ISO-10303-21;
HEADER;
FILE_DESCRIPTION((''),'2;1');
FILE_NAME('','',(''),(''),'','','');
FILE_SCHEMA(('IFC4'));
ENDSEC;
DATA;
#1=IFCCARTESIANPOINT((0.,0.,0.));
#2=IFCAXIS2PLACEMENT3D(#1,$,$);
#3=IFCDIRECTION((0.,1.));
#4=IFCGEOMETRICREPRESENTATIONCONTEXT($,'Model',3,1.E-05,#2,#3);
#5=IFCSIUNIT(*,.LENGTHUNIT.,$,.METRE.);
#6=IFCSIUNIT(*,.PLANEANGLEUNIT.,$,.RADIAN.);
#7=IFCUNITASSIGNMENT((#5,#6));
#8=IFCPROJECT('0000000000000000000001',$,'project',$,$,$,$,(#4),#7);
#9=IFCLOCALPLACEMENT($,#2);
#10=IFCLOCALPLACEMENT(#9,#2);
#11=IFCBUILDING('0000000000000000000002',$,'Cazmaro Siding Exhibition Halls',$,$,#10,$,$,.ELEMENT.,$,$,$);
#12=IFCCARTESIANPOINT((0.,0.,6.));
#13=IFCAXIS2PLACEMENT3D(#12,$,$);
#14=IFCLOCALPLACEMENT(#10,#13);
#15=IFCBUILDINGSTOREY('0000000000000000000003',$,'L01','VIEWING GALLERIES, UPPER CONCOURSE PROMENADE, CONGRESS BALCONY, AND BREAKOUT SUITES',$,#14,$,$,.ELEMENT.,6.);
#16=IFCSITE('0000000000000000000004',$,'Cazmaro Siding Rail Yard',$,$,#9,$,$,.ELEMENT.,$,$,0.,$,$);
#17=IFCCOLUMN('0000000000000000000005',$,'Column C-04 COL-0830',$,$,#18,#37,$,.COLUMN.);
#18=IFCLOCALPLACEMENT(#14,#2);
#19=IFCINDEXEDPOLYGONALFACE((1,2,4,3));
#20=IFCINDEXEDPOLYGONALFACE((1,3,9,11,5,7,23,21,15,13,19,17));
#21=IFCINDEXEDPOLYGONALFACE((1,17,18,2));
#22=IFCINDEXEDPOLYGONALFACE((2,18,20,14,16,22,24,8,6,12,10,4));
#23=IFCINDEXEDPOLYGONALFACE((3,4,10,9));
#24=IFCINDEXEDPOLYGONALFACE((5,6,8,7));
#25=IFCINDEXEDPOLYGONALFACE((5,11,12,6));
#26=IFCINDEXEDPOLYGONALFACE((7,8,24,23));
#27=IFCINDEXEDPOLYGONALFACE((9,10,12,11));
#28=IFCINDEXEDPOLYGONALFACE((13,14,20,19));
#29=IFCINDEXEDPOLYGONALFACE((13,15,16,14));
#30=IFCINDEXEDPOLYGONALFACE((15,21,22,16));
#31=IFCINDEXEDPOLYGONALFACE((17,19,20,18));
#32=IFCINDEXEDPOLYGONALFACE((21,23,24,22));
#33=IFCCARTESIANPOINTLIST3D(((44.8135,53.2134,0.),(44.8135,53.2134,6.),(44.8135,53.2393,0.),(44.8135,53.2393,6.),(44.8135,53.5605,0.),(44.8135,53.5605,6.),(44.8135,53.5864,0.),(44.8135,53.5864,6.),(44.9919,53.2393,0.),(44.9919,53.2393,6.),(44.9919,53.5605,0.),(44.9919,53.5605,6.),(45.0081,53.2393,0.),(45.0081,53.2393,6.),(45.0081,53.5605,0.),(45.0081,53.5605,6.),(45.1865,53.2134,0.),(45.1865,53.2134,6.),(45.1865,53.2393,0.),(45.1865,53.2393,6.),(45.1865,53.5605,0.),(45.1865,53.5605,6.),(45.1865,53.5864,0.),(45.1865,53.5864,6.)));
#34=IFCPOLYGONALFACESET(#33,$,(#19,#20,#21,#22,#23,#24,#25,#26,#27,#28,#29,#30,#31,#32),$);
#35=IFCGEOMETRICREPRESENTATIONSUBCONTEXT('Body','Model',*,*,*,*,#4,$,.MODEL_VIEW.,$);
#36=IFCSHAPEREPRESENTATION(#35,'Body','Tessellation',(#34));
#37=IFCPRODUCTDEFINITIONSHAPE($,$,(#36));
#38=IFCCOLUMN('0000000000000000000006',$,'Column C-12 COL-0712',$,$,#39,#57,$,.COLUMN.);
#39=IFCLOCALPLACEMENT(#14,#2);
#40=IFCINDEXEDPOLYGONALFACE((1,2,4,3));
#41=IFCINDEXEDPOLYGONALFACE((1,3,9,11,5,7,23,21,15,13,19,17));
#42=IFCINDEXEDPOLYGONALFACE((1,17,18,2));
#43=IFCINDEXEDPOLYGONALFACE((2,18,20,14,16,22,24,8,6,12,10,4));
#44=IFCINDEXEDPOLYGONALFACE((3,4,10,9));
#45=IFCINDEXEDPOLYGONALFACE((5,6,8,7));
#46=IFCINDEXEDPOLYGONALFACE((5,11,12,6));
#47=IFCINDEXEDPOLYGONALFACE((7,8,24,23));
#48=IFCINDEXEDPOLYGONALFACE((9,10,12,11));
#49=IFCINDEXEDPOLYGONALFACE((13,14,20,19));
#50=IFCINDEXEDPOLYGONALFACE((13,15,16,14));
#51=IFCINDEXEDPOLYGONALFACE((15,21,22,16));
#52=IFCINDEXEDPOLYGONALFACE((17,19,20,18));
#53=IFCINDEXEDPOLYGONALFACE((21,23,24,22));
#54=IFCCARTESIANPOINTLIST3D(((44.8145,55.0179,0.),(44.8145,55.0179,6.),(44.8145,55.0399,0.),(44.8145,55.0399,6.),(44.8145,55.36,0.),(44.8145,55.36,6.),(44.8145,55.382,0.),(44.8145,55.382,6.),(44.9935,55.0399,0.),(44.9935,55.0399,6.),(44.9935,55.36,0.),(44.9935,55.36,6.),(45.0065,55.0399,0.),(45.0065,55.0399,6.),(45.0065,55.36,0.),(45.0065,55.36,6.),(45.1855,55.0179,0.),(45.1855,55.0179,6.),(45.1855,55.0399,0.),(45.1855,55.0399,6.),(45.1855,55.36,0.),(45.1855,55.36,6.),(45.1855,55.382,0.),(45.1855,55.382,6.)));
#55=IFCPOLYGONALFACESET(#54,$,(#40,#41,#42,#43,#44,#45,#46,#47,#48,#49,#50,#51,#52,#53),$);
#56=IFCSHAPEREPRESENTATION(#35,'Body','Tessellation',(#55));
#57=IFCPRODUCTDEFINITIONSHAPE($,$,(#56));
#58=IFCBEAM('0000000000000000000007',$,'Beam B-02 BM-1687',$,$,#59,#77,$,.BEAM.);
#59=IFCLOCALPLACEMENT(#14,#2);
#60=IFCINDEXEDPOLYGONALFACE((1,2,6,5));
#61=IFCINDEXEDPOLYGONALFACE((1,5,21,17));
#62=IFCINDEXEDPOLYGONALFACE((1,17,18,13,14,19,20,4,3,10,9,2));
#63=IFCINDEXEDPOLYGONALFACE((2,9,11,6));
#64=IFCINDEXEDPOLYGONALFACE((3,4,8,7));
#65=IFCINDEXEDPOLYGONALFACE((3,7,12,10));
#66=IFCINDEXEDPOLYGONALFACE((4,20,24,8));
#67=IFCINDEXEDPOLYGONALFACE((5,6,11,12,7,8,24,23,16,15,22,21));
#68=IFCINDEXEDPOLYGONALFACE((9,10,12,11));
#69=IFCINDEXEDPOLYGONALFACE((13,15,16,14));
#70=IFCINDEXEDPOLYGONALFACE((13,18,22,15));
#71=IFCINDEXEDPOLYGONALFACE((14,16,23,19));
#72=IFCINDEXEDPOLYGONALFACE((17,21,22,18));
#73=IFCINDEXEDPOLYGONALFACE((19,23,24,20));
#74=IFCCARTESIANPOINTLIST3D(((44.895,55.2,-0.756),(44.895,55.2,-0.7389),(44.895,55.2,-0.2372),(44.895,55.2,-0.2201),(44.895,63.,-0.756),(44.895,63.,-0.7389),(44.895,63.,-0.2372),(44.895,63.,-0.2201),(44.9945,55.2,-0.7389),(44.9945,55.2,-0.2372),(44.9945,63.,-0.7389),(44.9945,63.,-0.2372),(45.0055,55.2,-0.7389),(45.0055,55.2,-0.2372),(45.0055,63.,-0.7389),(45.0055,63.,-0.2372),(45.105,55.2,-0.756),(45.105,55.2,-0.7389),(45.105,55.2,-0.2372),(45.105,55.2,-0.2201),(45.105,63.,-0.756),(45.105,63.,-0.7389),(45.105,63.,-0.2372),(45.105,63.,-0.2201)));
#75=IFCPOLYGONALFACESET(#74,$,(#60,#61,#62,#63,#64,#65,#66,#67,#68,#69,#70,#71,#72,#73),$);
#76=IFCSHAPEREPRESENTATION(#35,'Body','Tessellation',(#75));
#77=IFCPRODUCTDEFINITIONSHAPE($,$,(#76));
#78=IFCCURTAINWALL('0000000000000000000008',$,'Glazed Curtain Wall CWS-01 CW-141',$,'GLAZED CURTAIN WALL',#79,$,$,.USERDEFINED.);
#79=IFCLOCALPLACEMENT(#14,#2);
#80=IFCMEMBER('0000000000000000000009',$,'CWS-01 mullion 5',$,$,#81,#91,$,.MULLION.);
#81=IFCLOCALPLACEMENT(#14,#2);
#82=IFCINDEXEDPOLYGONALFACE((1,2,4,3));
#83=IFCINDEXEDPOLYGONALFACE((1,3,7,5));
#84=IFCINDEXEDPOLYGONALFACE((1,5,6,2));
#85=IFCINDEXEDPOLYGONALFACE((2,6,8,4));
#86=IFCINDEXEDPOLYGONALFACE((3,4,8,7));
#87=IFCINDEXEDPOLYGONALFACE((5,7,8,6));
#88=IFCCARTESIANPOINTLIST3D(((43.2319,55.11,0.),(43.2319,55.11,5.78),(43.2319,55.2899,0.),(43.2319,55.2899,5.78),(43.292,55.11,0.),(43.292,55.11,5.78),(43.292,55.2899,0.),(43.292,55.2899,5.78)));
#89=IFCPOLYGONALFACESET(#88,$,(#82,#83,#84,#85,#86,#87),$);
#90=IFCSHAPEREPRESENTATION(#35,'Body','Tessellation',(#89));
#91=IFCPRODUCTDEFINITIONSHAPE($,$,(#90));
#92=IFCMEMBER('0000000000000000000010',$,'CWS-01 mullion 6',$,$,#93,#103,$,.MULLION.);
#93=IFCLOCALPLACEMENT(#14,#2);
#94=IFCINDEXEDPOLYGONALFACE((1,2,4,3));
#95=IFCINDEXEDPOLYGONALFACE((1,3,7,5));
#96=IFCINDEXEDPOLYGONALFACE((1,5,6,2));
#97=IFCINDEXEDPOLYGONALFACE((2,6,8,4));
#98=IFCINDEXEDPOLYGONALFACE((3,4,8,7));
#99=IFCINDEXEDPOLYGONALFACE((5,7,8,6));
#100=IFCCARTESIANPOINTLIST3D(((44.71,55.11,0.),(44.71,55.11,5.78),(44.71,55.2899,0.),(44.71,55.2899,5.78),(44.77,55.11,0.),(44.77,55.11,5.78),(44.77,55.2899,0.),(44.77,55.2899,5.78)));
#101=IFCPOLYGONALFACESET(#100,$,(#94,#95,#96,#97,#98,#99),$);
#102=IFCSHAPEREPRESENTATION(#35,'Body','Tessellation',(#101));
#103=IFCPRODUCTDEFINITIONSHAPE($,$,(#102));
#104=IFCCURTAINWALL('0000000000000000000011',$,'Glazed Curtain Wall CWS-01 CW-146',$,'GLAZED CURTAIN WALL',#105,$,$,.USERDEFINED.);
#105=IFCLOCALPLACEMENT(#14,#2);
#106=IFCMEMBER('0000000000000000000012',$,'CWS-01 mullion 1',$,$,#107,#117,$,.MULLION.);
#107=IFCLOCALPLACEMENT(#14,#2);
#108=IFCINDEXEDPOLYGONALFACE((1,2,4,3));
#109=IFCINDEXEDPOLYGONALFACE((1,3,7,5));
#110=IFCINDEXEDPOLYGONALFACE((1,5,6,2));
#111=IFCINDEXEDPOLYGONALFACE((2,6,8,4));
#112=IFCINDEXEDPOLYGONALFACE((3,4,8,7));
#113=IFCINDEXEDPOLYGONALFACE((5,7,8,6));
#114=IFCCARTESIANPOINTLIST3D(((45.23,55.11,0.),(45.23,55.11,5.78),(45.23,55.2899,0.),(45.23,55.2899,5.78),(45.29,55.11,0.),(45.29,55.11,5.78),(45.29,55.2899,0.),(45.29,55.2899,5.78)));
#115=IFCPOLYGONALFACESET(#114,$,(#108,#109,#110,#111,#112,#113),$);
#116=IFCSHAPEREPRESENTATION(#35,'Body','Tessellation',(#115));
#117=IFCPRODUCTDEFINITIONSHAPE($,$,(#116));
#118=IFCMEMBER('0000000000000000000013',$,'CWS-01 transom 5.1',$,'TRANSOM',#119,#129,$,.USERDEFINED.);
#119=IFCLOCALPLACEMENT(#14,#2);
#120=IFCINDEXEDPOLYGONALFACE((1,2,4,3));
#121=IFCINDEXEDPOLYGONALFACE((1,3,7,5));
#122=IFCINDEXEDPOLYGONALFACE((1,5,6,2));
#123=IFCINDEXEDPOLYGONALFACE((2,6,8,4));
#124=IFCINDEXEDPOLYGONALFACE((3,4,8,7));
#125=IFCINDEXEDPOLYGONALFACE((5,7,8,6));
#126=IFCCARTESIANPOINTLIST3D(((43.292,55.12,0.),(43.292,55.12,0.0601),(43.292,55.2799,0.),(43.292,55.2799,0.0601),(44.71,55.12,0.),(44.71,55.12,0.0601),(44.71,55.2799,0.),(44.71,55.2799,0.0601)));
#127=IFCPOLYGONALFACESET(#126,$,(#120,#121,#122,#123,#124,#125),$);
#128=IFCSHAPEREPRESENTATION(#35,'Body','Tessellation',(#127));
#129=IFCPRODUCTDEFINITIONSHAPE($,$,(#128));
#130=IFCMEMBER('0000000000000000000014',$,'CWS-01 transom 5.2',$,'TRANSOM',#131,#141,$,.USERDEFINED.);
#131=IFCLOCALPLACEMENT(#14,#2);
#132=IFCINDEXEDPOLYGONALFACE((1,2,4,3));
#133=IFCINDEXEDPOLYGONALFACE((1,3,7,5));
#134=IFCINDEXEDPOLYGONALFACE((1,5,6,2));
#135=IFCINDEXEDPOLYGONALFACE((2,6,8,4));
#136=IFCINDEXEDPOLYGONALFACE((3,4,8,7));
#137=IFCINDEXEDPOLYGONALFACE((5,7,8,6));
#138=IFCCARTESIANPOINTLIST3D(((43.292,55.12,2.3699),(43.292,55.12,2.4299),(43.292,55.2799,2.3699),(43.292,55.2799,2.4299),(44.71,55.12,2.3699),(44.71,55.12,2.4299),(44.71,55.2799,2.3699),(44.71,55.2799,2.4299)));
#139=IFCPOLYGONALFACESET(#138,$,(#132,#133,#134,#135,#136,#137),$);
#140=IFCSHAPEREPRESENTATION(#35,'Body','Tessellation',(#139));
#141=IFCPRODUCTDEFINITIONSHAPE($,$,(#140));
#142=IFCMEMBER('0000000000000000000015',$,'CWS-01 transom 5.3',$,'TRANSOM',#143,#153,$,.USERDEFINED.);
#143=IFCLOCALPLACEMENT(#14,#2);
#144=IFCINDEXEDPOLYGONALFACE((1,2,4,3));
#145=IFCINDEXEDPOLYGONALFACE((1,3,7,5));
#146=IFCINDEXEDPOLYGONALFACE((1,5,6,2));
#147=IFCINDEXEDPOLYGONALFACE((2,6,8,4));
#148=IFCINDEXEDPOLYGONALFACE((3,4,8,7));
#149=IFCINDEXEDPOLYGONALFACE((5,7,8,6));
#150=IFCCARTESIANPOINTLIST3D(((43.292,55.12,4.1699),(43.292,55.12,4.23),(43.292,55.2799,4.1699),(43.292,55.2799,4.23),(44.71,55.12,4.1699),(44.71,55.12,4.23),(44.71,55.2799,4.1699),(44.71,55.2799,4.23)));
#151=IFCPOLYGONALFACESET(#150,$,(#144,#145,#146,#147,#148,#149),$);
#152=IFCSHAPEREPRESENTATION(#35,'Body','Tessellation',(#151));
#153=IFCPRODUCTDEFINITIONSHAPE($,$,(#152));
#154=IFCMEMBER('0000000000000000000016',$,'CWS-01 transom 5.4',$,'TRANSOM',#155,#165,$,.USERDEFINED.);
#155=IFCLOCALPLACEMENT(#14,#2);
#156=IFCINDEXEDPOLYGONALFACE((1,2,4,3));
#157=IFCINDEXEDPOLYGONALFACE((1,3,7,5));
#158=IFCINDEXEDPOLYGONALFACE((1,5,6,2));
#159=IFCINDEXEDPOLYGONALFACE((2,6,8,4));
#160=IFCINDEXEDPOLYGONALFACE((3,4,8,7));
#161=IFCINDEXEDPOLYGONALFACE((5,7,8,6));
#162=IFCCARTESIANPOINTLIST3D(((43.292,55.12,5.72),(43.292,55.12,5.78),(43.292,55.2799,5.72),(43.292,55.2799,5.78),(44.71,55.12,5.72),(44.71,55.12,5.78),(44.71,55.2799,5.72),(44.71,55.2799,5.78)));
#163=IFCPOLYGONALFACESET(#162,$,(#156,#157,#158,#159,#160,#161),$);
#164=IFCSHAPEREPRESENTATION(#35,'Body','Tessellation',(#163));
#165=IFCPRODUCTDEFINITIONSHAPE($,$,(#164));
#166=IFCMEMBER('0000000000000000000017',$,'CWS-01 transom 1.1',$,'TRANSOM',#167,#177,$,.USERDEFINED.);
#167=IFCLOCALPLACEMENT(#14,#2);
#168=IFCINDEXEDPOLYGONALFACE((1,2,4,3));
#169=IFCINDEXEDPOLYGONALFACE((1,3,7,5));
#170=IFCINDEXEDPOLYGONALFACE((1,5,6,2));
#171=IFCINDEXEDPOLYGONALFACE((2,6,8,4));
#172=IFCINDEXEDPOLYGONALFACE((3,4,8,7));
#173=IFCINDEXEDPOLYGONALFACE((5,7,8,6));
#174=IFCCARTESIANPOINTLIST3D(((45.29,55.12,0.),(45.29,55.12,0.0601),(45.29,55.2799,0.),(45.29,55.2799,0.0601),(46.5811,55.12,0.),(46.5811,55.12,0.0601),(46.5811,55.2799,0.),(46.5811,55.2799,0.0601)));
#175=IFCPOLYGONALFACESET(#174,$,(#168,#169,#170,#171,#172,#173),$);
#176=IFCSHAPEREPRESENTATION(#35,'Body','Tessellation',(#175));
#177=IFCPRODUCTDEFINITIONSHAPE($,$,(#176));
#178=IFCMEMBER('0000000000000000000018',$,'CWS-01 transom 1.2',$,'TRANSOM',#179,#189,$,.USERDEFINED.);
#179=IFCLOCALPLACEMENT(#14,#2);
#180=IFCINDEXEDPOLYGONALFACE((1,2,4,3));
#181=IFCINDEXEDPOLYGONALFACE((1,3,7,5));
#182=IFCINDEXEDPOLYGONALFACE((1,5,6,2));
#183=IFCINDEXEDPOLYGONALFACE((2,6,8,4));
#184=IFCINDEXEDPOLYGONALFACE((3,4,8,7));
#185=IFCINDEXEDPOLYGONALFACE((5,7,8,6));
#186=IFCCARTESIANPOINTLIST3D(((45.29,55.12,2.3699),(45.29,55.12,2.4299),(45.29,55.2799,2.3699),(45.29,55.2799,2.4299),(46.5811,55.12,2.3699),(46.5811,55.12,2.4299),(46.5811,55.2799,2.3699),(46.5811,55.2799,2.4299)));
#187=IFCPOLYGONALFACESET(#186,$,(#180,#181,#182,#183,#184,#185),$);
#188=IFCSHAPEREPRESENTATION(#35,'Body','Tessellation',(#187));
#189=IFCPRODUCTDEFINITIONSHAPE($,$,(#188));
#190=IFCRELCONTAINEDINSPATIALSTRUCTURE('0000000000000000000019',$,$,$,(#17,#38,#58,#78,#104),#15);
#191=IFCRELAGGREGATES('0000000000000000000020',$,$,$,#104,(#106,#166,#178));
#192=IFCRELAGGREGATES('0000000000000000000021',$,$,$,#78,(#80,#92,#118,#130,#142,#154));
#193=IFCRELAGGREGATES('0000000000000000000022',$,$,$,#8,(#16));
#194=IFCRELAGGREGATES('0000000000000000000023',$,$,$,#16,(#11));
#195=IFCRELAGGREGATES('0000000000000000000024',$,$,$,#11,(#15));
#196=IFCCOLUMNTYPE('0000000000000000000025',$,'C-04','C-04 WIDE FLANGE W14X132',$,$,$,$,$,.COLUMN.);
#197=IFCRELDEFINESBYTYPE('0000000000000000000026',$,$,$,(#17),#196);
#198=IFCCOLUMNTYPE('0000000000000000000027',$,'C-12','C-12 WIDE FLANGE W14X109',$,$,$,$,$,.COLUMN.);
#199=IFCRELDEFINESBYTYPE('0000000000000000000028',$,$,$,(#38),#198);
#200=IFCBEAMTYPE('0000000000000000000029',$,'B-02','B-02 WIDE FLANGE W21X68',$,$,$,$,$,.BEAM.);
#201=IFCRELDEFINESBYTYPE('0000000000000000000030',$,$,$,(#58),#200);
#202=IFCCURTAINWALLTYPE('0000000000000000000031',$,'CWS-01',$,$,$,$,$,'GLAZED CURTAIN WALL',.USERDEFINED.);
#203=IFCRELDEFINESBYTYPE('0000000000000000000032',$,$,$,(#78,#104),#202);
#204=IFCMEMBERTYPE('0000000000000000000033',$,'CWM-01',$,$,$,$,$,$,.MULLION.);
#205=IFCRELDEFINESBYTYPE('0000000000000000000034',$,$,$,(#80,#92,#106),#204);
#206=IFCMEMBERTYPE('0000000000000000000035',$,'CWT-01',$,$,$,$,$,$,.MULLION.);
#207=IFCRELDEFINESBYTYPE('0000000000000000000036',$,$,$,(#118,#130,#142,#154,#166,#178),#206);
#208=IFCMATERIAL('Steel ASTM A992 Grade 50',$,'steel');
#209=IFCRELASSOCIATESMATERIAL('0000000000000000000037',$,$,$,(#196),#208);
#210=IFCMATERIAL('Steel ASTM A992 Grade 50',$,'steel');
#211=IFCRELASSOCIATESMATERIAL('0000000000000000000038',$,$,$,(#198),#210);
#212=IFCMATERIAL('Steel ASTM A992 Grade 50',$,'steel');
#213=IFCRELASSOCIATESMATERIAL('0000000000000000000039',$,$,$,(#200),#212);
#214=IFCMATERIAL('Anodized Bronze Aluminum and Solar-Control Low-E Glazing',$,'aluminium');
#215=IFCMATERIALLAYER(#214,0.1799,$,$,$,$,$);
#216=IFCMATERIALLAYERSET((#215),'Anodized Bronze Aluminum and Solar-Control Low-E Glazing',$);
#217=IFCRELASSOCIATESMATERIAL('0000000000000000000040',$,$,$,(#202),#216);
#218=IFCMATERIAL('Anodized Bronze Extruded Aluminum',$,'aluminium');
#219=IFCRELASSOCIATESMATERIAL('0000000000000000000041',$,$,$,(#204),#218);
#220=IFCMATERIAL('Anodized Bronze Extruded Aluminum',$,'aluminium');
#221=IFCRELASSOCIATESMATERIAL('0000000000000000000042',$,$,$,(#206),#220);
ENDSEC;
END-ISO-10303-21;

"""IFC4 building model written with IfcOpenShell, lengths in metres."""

from ifc_helpers import new_model, si_unit, direction, frame, origin, origin_2d, place, context, subcontext, project, spatial, rectangle, i_section, extrude, material, layer, layer_set, material_profile, profile_set, type_object, element, aggregate, save


model = new_model("IFC4")

# Units and contexts
model_context = context("Model", 3, precision=1e-05, world=origin(), true_north=direction((0.0, 1.0)))
body_context = subcontext(model_context, "Body", "Model", "MODEL_VIEW")
ifc_project = project(units=[si_unit("LENGTHUNIT", "METRE"), si_unit("PLANEANGLEUNIT", "RADIAN")], contexts=[model_context])

# Site, building, storey
site_placement = place(None, origin())
site = spatial("IfcSite", under=ifc_project, at=site_placement, Name="Cazmaro Siding Rail Yard", CompositionType="ELEMENT", RefElevation=0.0)
building_placement = place(site_placement, origin())
building = spatial("IfcBuilding", under=site, at=building_placement, Name="Cazmaro Siding Exhibition Halls", CompositionType="ELEMENT")
storey_placement = place(building_placement, frame((0.0, 0.0, 6.0)))
storey = spatial("IfcBuildingStorey", under=building, at=storey_placement, Name="L01", Description="VIEWING GALLERIES, UPPER CONCOURSE PROMENADE, CONGRESS BALCONY, AND BREAKOUT SUITES", CompositionType="ELEMENT", Elevation=6.0)

# Columns
ifc_material_1 = material(Name="Steel ASTM A992 Grade 50", Category="steel")
ifc_material_profile_1 = material_profile(ifc_material_1, i_section(OverallWidth=0.373, OverallDepth=0.373, WebThickness=0.0161, FlangeThickness=0.0259, at=origin_2d()), Name="W14X132")
ifc_profile_set_1 = profile_set([ifc_material_profile_1], Name="Steel ASTM A992 Grade 50")
column_type_1 = type_object("IfcColumnType", Name="C-04", Description="C-04 WIDE FLANGE W14X132", PredefinedType="COLUMN", material=ifc_profile_set_1)
column_1_placement = place(storey_placement, frame((45.0, 53.3999, 0.0), z_axis=(0.0, 0.0, 1.0), x_axis=(1.0, 0.0, 0.0)))
element("IfcColumn", 1, at=column_1_placement, inside=storey, type_object=column_type_1, Name="Column C-04 COL-0830", PredefinedType="COLUMN", context=body_context, shape_type="SweptSolid", body=[
    extrude(i_section(OverallWidth=0.373, OverallDepth=0.373, WebThickness=0.0161, FlangeThickness=0.0259, at=origin_2d()), origin(), (0.0, 0.0, 1.0), 6.0),
])
ifc_material_2 = material(Name="Steel ASTM A992 Grade 50", Category="steel")
ifc_material_profile_2 = material_profile(ifc_material_2, i_section(OverallWidth=0.3711, OverallDepth=0.364, WebThickness=0.0129, FlangeThickness=0.022, at=origin_2d()), Name="W14X109")
ifc_profile_set_2 = profile_set([ifc_material_profile_2], Name="Steel ASTM A992 Grade 50")
column_type_2 = type_object("IfcColumnType", Name="C-12", Description="C-12 WIDE FLANGE W14X109", PredefinedType="COLUMN", material=ifc_profile_set_2)
column_2_placement = place(storey_placement, frame((45.0, 55.2, 0.0), z_axis=(0.0, 0.0, 1.0), x_axis=(1.0, 0.0, 0.0)))
element("IfcColumn", 2, at=column_2_placement, inside=storey, type_object=column_type_2, Name="Column C-12 COL-0712", PredefinedType="COLUMN", context=body_context, shape_type="SweptSolid", body=[
    extrude(i_section(OverallWidth=0.3711, OverallDepth=0.364, WebThickness=0.0129, FlangeThickness=0.022, at=origin_2d()), origin(), (0.0, 0.0, 1.0), 6.0),
])

# Beam
ifc_material_3 = material(Name="Steel ASTM A992 Grade 50", Category="steel")
ifc_material_profile_3 = material_profile(ifc_material_3, i_section(OverallWidth=0.21, OverallDepth=0.5359, WebThickness=0.011, FlangeThickness=0.0171, at=origin_2d()), Name="W21X68")
ifc_profile_set_3 = profile_set([ifc_material_profile_3], Name="Steel ASTM A992 Grade 50")
beam_type_1 = type_object("IfcBeamType", Name="B-02", Description="B-02 WIDE FLANGE W21X68", PredefinedType="BEAM", material=ifc_profile_set_3)
beam_1_placement = place(storey_placement, frame((45.0, 55.2, -0.488), z_axis=(0.0, 1.0, 0.0), x_axis=(-1.0, 0.0, 0.0)))
element("IfcBeam", 3, at=beam_1_placement, inside=storey, type_object=beam_type_1, Name="Beam B-02 BM-1687", PredefinedType="BEAM", context=body_context, shape_type="SweptSolid", body=[
    extrude(i_section(OverallWidth=0.21, OverallDepth=0.5359, WebThickness=0.011, FlangeThickness=0.0171, at=origin_2d()), origin(), (0.0, 0.0, 1.0), 7.8),
])

# Curtain wall, members
ifc_material_4 = material(Name="Anodized Bronze Aluminum and Solar-Control Low-E Glazing", Category="aluminium")
ifc_layer_1 = layer(ifc_material_4, 0.1799)
ifc_layer_set_1 = layer_set([ifc_layer_1], Name="Anodized Bronze Aluminum and Solar-Control Low-E Glazing")
curtain_wall_type = type_object("IfcCurtainWallType", Name="CWS-01", ElementType="GLAZED CURTAIN WALL", PredefinedType="USERDEFINED", material=ifc_layer_set_1)
curtain_wall_1_placement = place(storey_placement, origin())
curtain_wall_1 = element("IfcCurtainWall", 4, at=curtain_wall_1_placement, inside=storey, type_object=curtain_wall_type, Name="Glazed Curtain Wall CWS-01 CW-141", ObjectType="GLAZED CURTAIN WALL", PredefinedType="USERDEFINED")
ifc_material_5 = material(Name="Anodized Bronze Extruded Aluminum", Category="aluminium")
ifc_material_profile_4 = material_profile(ifc_material_5, rectangle(XDim=0.1799, YDim=0.0601, at=origin_2d()), Name="CWM-01")
ifc_profile_set_4 = profile_set([ifc_material_profile_4], Name="Anodized Bronze Extruded Aluminum")
member_type_1 = type_object("IfcMemberType", Name="CWM-01", PredefinedType="MULLION", material=ifc_profile_set_4)
member_1_placement = place(storey_placement, frame((43.262, 55.2, 0.0), z_axis=(0.0, 0.0, 1.0), x_axis=(0.0, 1.0, 0.0)))
member_1 = element("IfcMember", 5, at=member_1_placement, type_object=member_type_1, Name="CWS-01 mullion 5", PredefinedType="MULLION", context=body_context, shape_type="SweptSolid", body=[
    extrude(rectangle(XDim=0.1799, YDim=0.0601, at=origin_2d()), origin(), (0.0, 0.0, 1.0), 5.78),
])
member_2_placement = place(storey_placement, frame((44.74, 55.2, 0.0), z_axis=(0.0, 0.0, 1.0), x_axis=(0.0, 1.0, 0.0)))
member_2 = element("IfcMember", 6, at=member_2_placement, type_object=member_type_1, Name="CWS-01 mullion 6", PredefinedType="MULLION", context=body_context, shape_type="SweptSolid", body=[
    extrude(rectangle(XDim=0.1799, YDim=0.0601, at=origin_2d()), origin(), (0.0, 0.0, 1.0), 5.78),
])

# Curtain wall, member
curtain_wall_2_placement = place(storey_placement, origin())
curtain_wall_2 = element("IfcCurtainWall", 7, at=curtain_wall_2_placement, inside=storey, type_object=curtain_wall_type, Name="Glazed Curtain Wall CWS-01 CW-146", ObjectType="GLAZED CURTAIN WALL", PredefinedType="USERDEFINED")
member_3_placement = place(storey_placement, frame((45.26, 55.2, 0.0), z_axis=(0.0, 0.0, 1.0), x_axis=(0.0, 1.0, 0.0)))
member_3 = element("IfcMember", 8, at=member_3_placement, type_object=member_type_1, Name="CWS-01 mullion 1", PredefinedType="MULLION", context=body_context, shape_type="SweptSolid", body=[
    extrude(rectangle(XDim=0.1799, YDim=0.0601, at=origin_2d()), origin(), (0.0, 0.0, 1.0), 5.78),
])

# Members
ifc_material_6 = material(Name="Anodized Bronze Extruded Aluminum", Category="aluminium")
ifc_material_profile_5 = material_profile(ifc_material_6, rectangle(XDim=0.1599, YDim=0.0601, at=origin_2d()), Name="CWT-01")
ifc_profile_set_5 = profile_set([ifc_material_profile_5], Name="Anodized Bronze Extruded Aluminum")
member_type_2 = type_object("IfcMemberType", Name="CWT-01", PredefinedType="MULLION", material=ifc_profile_set_5)
member_4_placement = place(storey_placement, frame((43.292, 55.2, 0.03), z_axis=(1.0, 0.0, 0.0), x_axis=(0.0, 1.0, 0.0)))
member_4 = element("IfcMember", 9, at=member_4_placement, type_object=member_type_2, Name="CWS-01 transom 5.1", ObjectType="TRANSOM", PredefinedType="USERDEFINED", context=body_context, shape_type="SweptSolid", body=[
    extrude(rectangle(XDim=0.1599, YDim=0.0601, at=origin_2d()), origin(), (0.0, 0.0, 1.0), 1.418),
])
member_5_placement = place(storey_placement, frame((43.292, 55.2, 2.3999), z_axis=(1.0, 0.0, 0.0), x_axis=(0.0, 1.0, 0.0)))
member_5 = element("IfcMember", 10, at=member_5_placement, type_object=member_type_2, Name="CWS-01 transom 5.2", ObjectType="TRANSOM", PredefinedType="USERDEFINED", context=body_context, shape_type="SweptSolid", body=[
    extrude(rectangle(XDim=0.1599, YDim=0.0601, at=origin_2d()), origin(), (0.0, 0.0, 1.0), 1.418),
])
member_6_placement = place(storey_placement, frame((43.292, 55.2, 4.2), z_axis=(1.0, 0.0, 0.0), x_axis=(0.0, 1.0, 0.0)))
member_6 = element("IfcMember", 11, at=member_6_placement, type_object=member_type_2, Name="CWS-01 transom 5.3", ObjectType="TRANSOM", PredefinedType="USERDEFINED", context=body_context, shape_type="SweptSolid", body=[
    extrude(rectangle(XDim=0.1599, YDim=0.0601, at=origin_2d()), origin(), (0.0, 0.0, 1.0), 1.418),
])
member_7_placement = place(storey_placement, frame((43.292, 55.2, 5.75), z_axis=(1.0, 0.0, 0.0), x_axis=(0.0, 1.0, 0.0)))
member_7 = element("IfcMember", 12, at=member_7_placement, type_object=member_type_2, Name="CWS-01 transom 5.4", ObjectType="TRANSOM", PredefinedType="USERDEFINED", context=body_context, shape_type="SweptSolid", body=[
    extrude(rectangle(XDim=0.1599, YDim=0.0601, at=origin_2d()), origin(), (0.0, 0.0, 1.0), 1.418),
])
member_8_placement = place(storey_placement, frame((45.29, 55.2, 0.03), z_axis=(1.0, 0.0, 0.0), x_axis=(0.0, 1.0, 0.0)))
member_8 = element("IfcMember", 13, at=member_8_placement, type_object=member_type_2, Name="CWS-01 transom 1.1", ObjectType="TRANSOM", PredefinedType="USERDEFINED", context=body_context, shape_type="SweptSolid", body=[
    extrude(rectangle(XDim=0.1599, YDim=0.0601, at=origin_2d()), origin(), (0.0, 0.0, 1.0), 1.291),
])
member_9_placement = place(storey_placement, frame((45.29, 55.2, 2.3999), z_axis=(1.0, 0.0, 0.0), x_axis=(0.0, 1.0, 0.0)))
member_9 = element("IfcMember", 14, at=member_9_placement, type_object=member_type_2, Name="CWS-01 transom 1.2", ObjectType="TRANSOM", PredefinedType="USERDEFINED", context=body_context, shape_type="SweptSolid", body=[
    extrude(rectangle(XDim=0.1599, YDim=0.0601, at=origin_2d()), origin(), (0.0, 0.0, 1.0), 1.291),
])
aggregate(curtain_wall_2, [member_3, member_8, member_9])

aggregate(curtain_wall_1, [member_1, member_2, member_4, member_5, member_6, member_7])

save(model, "model.ifc")
